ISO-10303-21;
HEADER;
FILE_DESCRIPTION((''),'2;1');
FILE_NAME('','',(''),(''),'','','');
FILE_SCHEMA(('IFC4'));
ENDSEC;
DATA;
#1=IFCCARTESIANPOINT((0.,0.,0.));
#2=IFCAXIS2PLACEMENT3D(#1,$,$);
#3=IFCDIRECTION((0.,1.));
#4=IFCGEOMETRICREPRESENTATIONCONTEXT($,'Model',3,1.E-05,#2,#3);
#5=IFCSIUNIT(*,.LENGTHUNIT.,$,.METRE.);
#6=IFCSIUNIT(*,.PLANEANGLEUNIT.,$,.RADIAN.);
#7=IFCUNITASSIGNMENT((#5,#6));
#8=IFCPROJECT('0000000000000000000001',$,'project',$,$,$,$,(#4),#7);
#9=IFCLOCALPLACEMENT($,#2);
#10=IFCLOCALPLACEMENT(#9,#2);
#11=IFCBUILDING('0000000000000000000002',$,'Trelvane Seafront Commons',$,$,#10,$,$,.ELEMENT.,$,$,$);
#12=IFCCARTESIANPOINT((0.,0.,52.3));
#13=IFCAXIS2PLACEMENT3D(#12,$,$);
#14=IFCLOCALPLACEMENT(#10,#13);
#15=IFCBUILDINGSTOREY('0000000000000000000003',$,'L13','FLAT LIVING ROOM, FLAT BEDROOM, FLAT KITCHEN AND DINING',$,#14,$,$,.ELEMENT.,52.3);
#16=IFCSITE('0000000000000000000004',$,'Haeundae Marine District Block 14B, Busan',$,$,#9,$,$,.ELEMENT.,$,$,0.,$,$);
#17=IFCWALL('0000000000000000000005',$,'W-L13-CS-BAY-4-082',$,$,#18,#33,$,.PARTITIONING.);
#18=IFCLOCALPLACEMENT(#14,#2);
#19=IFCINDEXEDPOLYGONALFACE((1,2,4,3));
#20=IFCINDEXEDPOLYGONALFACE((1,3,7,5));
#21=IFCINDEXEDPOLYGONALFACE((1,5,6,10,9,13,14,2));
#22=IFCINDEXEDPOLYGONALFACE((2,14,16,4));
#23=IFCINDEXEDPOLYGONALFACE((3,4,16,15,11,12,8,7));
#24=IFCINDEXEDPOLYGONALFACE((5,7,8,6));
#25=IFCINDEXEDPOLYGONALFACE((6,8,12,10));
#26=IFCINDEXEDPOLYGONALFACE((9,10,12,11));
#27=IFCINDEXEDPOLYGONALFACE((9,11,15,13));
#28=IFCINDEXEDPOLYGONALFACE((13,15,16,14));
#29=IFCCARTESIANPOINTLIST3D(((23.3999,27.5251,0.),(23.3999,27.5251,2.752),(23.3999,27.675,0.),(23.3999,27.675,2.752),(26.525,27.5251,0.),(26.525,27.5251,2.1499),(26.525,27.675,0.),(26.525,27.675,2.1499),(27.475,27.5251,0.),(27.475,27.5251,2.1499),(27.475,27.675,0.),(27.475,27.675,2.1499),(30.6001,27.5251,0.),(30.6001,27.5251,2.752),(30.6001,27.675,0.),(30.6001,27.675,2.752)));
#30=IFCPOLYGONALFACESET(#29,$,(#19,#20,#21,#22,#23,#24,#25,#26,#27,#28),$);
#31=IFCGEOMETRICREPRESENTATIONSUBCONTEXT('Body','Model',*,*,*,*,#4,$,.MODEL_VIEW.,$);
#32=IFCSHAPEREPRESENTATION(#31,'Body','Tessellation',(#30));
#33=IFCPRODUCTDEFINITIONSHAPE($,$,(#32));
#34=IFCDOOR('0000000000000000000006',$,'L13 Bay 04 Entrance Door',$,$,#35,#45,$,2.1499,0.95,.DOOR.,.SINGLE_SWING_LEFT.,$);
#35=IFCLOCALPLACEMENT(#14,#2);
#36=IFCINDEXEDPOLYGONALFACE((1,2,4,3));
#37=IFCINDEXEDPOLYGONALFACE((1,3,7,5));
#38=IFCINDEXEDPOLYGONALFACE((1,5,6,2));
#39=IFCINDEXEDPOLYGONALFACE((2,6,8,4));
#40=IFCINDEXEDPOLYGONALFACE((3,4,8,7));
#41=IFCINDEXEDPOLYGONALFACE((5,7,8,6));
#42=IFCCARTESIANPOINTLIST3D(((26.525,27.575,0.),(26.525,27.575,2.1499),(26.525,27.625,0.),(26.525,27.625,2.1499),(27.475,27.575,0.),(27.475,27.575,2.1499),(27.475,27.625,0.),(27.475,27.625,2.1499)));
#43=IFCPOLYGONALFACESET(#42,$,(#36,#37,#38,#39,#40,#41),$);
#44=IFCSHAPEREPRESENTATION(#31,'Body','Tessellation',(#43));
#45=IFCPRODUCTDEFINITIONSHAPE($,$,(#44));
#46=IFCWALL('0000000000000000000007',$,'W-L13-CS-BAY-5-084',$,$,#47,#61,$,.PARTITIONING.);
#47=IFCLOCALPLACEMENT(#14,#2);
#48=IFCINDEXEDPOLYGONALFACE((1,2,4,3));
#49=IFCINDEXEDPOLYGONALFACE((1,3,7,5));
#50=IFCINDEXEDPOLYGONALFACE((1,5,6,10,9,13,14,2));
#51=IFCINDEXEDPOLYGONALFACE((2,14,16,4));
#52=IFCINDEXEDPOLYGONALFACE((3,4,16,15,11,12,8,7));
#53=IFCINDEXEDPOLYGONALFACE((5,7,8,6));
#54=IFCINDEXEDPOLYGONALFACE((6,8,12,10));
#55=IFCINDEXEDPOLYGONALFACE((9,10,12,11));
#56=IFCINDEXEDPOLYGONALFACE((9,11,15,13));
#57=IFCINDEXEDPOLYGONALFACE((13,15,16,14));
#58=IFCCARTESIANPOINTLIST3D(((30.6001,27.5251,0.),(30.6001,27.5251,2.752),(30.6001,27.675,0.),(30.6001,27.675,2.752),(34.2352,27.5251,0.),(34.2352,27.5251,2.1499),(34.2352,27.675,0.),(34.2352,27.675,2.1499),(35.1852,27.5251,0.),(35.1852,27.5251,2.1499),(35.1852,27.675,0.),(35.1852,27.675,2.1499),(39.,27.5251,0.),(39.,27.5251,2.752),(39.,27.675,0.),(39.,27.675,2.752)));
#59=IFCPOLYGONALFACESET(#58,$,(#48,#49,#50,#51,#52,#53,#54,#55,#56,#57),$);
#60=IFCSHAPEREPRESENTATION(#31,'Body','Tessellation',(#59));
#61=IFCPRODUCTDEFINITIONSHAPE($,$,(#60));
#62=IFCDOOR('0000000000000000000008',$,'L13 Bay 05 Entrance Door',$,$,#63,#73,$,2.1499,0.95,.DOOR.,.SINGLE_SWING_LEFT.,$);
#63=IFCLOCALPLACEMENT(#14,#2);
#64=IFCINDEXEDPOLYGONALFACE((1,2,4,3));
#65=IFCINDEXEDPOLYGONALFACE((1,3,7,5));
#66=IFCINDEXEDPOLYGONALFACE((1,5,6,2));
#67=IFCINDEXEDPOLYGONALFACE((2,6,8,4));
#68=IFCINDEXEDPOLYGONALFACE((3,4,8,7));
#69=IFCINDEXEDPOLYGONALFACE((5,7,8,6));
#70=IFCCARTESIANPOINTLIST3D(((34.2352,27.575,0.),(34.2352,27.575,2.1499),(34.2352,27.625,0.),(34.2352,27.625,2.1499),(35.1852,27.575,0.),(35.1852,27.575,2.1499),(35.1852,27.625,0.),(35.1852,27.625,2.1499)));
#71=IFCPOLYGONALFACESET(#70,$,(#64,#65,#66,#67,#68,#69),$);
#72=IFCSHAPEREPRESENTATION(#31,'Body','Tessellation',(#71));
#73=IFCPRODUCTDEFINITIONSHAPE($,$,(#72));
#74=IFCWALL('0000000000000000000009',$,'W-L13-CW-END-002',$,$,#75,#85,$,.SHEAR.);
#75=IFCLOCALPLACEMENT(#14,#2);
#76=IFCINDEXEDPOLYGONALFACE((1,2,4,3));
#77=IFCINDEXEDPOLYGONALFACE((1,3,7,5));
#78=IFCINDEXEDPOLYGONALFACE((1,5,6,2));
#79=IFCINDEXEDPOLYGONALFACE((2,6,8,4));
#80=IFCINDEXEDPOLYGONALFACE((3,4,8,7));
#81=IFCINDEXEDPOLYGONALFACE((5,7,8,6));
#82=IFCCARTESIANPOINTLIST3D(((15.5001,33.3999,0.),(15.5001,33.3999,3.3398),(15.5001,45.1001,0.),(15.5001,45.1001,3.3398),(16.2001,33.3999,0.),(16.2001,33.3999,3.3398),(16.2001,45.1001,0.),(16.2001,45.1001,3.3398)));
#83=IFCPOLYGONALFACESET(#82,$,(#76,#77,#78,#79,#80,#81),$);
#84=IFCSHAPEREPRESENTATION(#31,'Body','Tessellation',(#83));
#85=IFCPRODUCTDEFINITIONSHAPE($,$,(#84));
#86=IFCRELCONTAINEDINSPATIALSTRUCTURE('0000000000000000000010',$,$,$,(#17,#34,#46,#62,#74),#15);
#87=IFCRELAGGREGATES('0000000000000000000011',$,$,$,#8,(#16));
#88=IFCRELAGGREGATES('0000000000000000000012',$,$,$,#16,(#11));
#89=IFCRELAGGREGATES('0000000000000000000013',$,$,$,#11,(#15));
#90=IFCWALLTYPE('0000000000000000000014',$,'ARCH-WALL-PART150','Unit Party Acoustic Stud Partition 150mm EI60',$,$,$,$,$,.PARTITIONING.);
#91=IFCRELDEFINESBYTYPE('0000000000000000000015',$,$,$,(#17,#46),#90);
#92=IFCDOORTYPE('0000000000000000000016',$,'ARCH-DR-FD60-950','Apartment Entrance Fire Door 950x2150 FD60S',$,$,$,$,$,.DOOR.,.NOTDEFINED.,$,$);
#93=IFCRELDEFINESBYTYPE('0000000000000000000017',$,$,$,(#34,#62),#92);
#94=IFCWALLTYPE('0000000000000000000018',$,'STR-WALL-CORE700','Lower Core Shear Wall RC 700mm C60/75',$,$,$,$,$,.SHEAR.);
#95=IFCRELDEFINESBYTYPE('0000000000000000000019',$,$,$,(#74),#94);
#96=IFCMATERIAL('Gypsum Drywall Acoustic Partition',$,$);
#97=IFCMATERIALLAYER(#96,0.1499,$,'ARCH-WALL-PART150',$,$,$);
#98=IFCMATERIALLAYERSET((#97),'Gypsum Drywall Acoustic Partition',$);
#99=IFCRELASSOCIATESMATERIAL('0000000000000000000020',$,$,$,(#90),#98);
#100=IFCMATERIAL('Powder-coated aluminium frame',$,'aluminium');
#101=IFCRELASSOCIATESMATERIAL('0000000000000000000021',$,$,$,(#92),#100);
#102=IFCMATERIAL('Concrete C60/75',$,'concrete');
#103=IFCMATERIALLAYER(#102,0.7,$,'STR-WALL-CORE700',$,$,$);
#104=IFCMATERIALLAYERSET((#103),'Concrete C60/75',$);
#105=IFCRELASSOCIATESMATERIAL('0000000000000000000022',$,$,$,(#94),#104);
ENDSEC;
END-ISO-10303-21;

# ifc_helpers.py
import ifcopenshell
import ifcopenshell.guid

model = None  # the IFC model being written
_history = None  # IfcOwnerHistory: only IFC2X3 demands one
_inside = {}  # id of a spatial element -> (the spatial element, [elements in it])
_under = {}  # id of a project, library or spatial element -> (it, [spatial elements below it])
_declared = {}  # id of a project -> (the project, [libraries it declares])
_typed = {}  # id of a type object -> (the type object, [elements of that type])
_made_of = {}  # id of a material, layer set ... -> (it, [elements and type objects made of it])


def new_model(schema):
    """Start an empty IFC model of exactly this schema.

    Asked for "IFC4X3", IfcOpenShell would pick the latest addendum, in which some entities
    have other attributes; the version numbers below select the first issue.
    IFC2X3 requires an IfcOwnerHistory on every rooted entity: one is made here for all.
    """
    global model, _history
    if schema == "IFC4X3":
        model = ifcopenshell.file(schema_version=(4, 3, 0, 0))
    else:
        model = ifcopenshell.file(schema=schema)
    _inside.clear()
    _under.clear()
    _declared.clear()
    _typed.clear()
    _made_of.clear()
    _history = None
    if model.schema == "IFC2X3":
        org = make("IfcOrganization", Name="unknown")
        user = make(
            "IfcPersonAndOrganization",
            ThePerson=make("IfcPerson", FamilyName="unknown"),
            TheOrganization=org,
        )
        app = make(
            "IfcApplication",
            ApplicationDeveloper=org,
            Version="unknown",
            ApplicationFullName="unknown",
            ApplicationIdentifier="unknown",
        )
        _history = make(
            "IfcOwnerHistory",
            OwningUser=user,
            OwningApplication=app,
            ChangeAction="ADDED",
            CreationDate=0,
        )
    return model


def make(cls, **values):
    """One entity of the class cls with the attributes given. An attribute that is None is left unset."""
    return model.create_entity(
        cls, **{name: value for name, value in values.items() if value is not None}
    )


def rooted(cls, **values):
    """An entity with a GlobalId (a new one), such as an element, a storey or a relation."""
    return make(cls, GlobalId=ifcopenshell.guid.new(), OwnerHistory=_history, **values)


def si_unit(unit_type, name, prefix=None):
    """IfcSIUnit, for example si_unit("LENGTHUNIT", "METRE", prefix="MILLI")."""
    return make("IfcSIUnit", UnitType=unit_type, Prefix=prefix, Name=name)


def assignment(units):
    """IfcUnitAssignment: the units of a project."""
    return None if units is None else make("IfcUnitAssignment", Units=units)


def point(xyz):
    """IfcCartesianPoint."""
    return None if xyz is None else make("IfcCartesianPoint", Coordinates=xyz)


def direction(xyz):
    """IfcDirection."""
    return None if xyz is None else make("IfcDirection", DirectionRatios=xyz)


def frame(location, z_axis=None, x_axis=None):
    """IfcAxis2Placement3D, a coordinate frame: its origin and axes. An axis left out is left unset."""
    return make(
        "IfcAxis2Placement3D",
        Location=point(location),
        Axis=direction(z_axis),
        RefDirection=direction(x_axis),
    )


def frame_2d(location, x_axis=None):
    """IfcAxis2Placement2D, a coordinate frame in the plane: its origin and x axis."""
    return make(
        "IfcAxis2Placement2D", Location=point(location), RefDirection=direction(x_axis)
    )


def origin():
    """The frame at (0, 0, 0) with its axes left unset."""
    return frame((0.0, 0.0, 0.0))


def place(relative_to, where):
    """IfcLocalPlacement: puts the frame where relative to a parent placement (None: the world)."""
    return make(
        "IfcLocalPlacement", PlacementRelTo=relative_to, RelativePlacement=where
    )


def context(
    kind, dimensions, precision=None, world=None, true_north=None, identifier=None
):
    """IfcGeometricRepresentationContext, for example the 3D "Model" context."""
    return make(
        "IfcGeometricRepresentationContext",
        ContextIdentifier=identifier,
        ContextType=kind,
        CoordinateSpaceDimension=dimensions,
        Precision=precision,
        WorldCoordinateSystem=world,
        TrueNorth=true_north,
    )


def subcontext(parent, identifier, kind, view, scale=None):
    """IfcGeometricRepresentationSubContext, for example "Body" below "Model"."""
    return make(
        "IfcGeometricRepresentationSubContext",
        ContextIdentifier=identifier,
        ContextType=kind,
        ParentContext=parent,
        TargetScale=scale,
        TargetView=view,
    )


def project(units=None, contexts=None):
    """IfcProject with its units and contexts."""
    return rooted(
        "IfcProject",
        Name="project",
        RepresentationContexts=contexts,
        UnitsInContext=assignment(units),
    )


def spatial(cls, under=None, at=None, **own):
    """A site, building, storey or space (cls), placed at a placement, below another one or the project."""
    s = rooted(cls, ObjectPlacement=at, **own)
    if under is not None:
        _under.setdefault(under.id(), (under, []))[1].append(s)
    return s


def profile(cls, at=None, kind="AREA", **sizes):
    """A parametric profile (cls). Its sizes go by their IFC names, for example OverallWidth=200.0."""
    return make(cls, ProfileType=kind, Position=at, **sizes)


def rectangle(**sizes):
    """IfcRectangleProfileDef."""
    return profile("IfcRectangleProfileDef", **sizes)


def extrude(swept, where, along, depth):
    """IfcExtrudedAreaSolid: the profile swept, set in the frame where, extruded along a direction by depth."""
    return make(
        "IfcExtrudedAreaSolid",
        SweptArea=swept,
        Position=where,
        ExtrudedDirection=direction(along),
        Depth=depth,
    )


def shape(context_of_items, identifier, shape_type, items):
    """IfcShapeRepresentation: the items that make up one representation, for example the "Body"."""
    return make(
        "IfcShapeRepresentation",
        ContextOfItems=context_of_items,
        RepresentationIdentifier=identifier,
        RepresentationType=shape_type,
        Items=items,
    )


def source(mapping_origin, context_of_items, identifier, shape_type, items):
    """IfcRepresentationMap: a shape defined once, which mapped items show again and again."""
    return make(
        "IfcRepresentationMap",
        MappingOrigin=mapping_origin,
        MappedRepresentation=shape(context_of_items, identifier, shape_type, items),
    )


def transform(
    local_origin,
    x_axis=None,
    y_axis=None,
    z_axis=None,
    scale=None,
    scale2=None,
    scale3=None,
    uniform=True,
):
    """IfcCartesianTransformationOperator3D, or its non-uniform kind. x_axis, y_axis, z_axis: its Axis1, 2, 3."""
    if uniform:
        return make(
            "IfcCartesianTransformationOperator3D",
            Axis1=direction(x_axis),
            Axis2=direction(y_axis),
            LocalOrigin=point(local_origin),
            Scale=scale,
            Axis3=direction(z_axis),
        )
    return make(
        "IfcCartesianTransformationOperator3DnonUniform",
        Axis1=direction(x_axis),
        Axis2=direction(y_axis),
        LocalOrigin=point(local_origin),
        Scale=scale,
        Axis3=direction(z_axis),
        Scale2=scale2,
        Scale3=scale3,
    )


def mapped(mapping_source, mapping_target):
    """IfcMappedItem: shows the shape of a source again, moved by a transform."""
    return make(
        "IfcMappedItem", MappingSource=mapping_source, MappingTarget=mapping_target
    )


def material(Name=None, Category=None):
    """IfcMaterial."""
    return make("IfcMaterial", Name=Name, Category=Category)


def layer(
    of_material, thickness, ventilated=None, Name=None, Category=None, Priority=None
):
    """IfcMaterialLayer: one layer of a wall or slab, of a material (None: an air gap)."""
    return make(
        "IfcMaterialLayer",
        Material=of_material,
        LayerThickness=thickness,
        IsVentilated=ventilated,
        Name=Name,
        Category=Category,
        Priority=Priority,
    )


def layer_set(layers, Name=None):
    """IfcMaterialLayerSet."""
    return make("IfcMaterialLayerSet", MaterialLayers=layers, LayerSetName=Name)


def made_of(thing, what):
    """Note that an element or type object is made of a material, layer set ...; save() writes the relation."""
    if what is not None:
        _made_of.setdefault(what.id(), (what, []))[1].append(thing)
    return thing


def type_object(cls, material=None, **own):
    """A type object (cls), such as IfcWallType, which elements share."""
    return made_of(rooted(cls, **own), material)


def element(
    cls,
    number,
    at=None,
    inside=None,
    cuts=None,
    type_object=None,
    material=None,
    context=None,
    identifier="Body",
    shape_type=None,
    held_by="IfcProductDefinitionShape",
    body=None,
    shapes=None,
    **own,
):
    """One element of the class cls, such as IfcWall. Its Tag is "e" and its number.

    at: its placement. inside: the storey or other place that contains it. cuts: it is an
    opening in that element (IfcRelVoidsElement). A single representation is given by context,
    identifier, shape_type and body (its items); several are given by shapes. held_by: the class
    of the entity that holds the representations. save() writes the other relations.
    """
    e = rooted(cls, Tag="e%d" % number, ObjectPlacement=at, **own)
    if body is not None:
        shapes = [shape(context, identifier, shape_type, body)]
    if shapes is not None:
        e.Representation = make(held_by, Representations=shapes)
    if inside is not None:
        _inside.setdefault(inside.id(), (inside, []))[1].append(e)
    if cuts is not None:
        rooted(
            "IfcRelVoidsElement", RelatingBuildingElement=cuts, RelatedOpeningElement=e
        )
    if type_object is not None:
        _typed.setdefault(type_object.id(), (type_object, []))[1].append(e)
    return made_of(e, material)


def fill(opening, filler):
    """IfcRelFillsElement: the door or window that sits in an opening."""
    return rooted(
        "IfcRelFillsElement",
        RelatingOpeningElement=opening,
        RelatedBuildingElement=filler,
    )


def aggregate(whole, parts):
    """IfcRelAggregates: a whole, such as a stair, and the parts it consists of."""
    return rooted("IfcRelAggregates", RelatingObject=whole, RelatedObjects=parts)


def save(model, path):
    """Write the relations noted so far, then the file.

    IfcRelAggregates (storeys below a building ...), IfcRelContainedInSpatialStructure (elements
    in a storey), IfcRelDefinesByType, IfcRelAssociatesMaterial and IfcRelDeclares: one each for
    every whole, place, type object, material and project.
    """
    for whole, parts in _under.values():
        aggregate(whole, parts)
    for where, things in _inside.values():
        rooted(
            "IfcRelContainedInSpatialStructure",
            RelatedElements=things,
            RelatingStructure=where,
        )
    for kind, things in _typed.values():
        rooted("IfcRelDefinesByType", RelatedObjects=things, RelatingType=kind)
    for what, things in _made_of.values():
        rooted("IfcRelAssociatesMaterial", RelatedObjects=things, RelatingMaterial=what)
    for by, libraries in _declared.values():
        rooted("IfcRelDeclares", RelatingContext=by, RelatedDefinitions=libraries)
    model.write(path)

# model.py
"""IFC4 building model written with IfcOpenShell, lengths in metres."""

from ifc_helpers import new_model, si_unit, direction, frame, frame_2d, origin, place, context, subcontext, project, spatial, rectangle, extrude, source, transform, mapped, material, layer, layer_set, type_object, element, fill, save


model = new_model("IFC4")

# Units and contexts
model_context = context("Model", 3, precision=1e-05, world=origin(), true_north=direction((0.0, 1.0)))
body_context = subcontext(model_context, "Body", "Model", "MODEL_VIEW")
ifc_project = project(units=[si_unit("LENGTHUNIT", "METRE"), si_unit("PLANEANGLEUNIT", "RADIAN")], contexts=[model_context])

# Site, building, storey
site_placement = place(None, origin())
site = spatial("IfcSite", under=ifc_project, at=site_placement, Name="Haeundae Marine District Block 14B, Busan", CompositionType="ELEMENT", RefElevation=0.0)
building_placement = place(site_placement, origin())
building = spatial("IfcBuilding", under=site, at=building_placement, Name="Trelvane Seafront Commons", CompositionType="ELEMENT")
storey_placement = place(building_placement, frame((0.0, 0.0, 52.3)))
storey = spatial("IfcBuildingStorey", under=building, at=storey_placement, Name="L13", Description="FLAT LIVING ROOM, FLAT BEDROOM, FLAT KITCHEN AND DINING", CompositionType="ELEMENT", Elevation=52.3)

# Shared definitions
ifc_material_1 = material(Name="Concrete C60/75", Category="concrete")

# Shared definitions
ifc_material_2 = material(Name="Gypsum Drywall Acoustic Partition")
shared_shape_1 = source(origin(), body_context, "Body", "SweptSolid", [
    extrude(rectangle(XDim=0.95, YDim=2.1499, at=frame_2d((0.4751, 1.075))), frame((0.0, 0.0249, 0.0), z_axis=(0.0, -1.0, 0.0), x_axis=(1.0, 0.0, 0.0)), (0.0, 0.0, 1.0), 0.05),
])

# Walls, openings, doors
ifc_layer_1 = layer(ifc_material_2, 0.1499, Name="ARCH-WALL-PART150")
ifc_layer_set_1 = layer_set([ifc_layer_1], Name="Gypsum Drywall Acoustic Partition")
wall_type_1 = type_object("IfcWallType", Name="ARCH-WALL-PART150", Description="Unit Party Acoustic Stud Partition 150mm EI60", PredefinedType="PARTITIONING", material=ifc_layer_set_1)
ifc_material_3 = material(Name="Powder-coated aluminium frame", Category="aluminium")
door_type_1 = type_object("IfcDoorType", Name="ARCH-DR-FD60-950", Description="Apartment Entrance Fire Door 950x2150 FD60S", OperationType="NOTDEFINED", PredefinedType="DOOR", material=ifc_material_3)
wall_1_placement = place(storey_placement, frame((23.3999, 27.6001, 0.0), z_axis=(0.0, 0.0, 1.0), x_axis=(1.0, 0.0, 0.0)))
wall_1 = element("IfcWall", 1, at=wall_1_placement, inside=storey, type_object=wall_type_1, Name="W-L13-CS-BAY-4-082", PredefinedType="PARTITIONING", context=body_context, shape_type="SweptSolid", body=[
    extrude(rectangle(XDim=7.2002, YDim=0.1499, at=frame_2d((3.6001, 0.0))), origin(), (0.0, 0.0, 1.0), 2.752),
])
opening_1_placement = place(wall_1_placement, frame((3.125, 0.0, 0.0)))
opening_1 = element("IfcOpeningElement", 2, at=opening_1_placement, cuts=wall_1, PredefinedType="OPENING", context=body_context, shape_type="SweptSolid", body=[
    extrude(rectangle(XDim=0.95, YDim=2.1499, at=frame_2d((0.4751, 1.075))), frame((0.0, 0.085, 0.0), z_axis=(0.0, -1.0, 0.0), x_axis=(1.0, 0.0, 0.0)), (0.0, 0.0, 1.0), 0.1699),
])
door_1_placement = place(opening_1_placement, origin())
door_1 = element("IfcDoor", 3, at=door_1_placement, inside=storey, type_object=door_type_1, Name="L13 Bay 04 Entrance Door", OperationType="SINGLE_SWING_LEFT", OverallHeight=2.1499, OverallWidth=0.95, PredefinedType="DOOR", context=body_context, shape_type="MappedRepresentation", body=[
    mapped(shared_shape_1, transform((0.0, 0.0, 0.0), x_axis=(1.0, 0.0, 0.0), y_axis=(0.0, 1.0, 0.0), z_axis=(0.0, 0.0, 1.0), scale=1.0)),
])
fill(opening_1, door_1)
wall_2_placement = place(storey_placement, frame((30.6001, 27.6001, 0.0), z_axis=(0.0, 0.0, 1.0), x_axis=(1.0, 0.0, 0.0)))
wall_2 = element("IfcWall", 4, at=wall_2_placement, inside=storey, type_object=wall_type_1, Name="W-L13-CS-BAY-5-084", PredefinedType="PARTITIONING", context=body_context, shape_type="SweptSolid", body=[
    extrude(rectangle(XDim=8.3999, YDim=0.1499, at=frame_2d((4.2, 0.0))), origin(), (0.0, 0.0, 1.0), 2.752),
])
opening_2_placement = place(wall_2_placement, frame((3.635, 0.0, 0.0)))
opening_2 = element("IfcOpeningElement", 5, at=opening_2_placement, cuts=wall_2, PredefinedType="OPENING", context=body_context, shape_type="SweptSolid", body=[
    extrude(rectangle(XDim=0.95, YDim=2.1499, at=frame_2d((0.4751, 1.075))), frame((0.0, 0.085, 0.0), z_axis=(0.0, -1.0, 0.0), x_axis=(1.0, 0.0, 0.0)), (0.0, 0.0, 1.0), 0.1699),
])
door_2_placement = place(opening_2_placement, origin())
door_2 = element("IfcDoor", 6, at=door_2_placement, inside=storey, type_object=door_type_1, Name="L13 Bay 05 Entrance Door", OperationType="SINGLE_SWING_LEFT", OverallHeight=2.1499, OverallWidth=0.95, PredefinedType="DOOR", context=body_context, shape_type="MappedRepresentation", body=[
    mapped(shared_shape_1, transform((0.0, 0.0, 0.0), x_axis=(1.0, 0.0, 0.0), y_axis=(0.0, 1.0, 0.0), z_axis=(0.0, 0.0, 1.0), scale=1.0)),
])
fill(opening_2, door_2)

# Wall
ifc_layer_2 = layer(ifc_material_1, 0.7, Name="STR-WALL-CORE700")
ifc_layer_set_2 = layer_set([ifc_layer_2], Name="Concrete C60/75")
wall_type_2 = type_object("IfcWallType", Name="STR-WALL-CORE700", Description="Lower Core Shear Wall RC 700mm C60/75", PredefinedType="SHEAR", material=ifc_layer_set_2)
wall_3_placement = place(storey_placement, frame((15.8501, 33.3999, 0.0), z_axis=(0.0, 0.0, 1.0), x_axis=(0.0, 1.0, 0.0)))
element("IfcWall", 7, at=wall_3_placement, inside=storey, type_object=wall_type_2, Name="W-L13-CW-END-002", PredefinedType="SHEAR", context=body_context, shape_type="SweptSolid", body=[
    extrude(rectangle(XDim=11.7002, YDim=0.7, at=frame_2d((5.8501, 0.0))), origin(), (0.0, 0.0, 1.0), 3.3398),
])

save(model, "model.ifc")
